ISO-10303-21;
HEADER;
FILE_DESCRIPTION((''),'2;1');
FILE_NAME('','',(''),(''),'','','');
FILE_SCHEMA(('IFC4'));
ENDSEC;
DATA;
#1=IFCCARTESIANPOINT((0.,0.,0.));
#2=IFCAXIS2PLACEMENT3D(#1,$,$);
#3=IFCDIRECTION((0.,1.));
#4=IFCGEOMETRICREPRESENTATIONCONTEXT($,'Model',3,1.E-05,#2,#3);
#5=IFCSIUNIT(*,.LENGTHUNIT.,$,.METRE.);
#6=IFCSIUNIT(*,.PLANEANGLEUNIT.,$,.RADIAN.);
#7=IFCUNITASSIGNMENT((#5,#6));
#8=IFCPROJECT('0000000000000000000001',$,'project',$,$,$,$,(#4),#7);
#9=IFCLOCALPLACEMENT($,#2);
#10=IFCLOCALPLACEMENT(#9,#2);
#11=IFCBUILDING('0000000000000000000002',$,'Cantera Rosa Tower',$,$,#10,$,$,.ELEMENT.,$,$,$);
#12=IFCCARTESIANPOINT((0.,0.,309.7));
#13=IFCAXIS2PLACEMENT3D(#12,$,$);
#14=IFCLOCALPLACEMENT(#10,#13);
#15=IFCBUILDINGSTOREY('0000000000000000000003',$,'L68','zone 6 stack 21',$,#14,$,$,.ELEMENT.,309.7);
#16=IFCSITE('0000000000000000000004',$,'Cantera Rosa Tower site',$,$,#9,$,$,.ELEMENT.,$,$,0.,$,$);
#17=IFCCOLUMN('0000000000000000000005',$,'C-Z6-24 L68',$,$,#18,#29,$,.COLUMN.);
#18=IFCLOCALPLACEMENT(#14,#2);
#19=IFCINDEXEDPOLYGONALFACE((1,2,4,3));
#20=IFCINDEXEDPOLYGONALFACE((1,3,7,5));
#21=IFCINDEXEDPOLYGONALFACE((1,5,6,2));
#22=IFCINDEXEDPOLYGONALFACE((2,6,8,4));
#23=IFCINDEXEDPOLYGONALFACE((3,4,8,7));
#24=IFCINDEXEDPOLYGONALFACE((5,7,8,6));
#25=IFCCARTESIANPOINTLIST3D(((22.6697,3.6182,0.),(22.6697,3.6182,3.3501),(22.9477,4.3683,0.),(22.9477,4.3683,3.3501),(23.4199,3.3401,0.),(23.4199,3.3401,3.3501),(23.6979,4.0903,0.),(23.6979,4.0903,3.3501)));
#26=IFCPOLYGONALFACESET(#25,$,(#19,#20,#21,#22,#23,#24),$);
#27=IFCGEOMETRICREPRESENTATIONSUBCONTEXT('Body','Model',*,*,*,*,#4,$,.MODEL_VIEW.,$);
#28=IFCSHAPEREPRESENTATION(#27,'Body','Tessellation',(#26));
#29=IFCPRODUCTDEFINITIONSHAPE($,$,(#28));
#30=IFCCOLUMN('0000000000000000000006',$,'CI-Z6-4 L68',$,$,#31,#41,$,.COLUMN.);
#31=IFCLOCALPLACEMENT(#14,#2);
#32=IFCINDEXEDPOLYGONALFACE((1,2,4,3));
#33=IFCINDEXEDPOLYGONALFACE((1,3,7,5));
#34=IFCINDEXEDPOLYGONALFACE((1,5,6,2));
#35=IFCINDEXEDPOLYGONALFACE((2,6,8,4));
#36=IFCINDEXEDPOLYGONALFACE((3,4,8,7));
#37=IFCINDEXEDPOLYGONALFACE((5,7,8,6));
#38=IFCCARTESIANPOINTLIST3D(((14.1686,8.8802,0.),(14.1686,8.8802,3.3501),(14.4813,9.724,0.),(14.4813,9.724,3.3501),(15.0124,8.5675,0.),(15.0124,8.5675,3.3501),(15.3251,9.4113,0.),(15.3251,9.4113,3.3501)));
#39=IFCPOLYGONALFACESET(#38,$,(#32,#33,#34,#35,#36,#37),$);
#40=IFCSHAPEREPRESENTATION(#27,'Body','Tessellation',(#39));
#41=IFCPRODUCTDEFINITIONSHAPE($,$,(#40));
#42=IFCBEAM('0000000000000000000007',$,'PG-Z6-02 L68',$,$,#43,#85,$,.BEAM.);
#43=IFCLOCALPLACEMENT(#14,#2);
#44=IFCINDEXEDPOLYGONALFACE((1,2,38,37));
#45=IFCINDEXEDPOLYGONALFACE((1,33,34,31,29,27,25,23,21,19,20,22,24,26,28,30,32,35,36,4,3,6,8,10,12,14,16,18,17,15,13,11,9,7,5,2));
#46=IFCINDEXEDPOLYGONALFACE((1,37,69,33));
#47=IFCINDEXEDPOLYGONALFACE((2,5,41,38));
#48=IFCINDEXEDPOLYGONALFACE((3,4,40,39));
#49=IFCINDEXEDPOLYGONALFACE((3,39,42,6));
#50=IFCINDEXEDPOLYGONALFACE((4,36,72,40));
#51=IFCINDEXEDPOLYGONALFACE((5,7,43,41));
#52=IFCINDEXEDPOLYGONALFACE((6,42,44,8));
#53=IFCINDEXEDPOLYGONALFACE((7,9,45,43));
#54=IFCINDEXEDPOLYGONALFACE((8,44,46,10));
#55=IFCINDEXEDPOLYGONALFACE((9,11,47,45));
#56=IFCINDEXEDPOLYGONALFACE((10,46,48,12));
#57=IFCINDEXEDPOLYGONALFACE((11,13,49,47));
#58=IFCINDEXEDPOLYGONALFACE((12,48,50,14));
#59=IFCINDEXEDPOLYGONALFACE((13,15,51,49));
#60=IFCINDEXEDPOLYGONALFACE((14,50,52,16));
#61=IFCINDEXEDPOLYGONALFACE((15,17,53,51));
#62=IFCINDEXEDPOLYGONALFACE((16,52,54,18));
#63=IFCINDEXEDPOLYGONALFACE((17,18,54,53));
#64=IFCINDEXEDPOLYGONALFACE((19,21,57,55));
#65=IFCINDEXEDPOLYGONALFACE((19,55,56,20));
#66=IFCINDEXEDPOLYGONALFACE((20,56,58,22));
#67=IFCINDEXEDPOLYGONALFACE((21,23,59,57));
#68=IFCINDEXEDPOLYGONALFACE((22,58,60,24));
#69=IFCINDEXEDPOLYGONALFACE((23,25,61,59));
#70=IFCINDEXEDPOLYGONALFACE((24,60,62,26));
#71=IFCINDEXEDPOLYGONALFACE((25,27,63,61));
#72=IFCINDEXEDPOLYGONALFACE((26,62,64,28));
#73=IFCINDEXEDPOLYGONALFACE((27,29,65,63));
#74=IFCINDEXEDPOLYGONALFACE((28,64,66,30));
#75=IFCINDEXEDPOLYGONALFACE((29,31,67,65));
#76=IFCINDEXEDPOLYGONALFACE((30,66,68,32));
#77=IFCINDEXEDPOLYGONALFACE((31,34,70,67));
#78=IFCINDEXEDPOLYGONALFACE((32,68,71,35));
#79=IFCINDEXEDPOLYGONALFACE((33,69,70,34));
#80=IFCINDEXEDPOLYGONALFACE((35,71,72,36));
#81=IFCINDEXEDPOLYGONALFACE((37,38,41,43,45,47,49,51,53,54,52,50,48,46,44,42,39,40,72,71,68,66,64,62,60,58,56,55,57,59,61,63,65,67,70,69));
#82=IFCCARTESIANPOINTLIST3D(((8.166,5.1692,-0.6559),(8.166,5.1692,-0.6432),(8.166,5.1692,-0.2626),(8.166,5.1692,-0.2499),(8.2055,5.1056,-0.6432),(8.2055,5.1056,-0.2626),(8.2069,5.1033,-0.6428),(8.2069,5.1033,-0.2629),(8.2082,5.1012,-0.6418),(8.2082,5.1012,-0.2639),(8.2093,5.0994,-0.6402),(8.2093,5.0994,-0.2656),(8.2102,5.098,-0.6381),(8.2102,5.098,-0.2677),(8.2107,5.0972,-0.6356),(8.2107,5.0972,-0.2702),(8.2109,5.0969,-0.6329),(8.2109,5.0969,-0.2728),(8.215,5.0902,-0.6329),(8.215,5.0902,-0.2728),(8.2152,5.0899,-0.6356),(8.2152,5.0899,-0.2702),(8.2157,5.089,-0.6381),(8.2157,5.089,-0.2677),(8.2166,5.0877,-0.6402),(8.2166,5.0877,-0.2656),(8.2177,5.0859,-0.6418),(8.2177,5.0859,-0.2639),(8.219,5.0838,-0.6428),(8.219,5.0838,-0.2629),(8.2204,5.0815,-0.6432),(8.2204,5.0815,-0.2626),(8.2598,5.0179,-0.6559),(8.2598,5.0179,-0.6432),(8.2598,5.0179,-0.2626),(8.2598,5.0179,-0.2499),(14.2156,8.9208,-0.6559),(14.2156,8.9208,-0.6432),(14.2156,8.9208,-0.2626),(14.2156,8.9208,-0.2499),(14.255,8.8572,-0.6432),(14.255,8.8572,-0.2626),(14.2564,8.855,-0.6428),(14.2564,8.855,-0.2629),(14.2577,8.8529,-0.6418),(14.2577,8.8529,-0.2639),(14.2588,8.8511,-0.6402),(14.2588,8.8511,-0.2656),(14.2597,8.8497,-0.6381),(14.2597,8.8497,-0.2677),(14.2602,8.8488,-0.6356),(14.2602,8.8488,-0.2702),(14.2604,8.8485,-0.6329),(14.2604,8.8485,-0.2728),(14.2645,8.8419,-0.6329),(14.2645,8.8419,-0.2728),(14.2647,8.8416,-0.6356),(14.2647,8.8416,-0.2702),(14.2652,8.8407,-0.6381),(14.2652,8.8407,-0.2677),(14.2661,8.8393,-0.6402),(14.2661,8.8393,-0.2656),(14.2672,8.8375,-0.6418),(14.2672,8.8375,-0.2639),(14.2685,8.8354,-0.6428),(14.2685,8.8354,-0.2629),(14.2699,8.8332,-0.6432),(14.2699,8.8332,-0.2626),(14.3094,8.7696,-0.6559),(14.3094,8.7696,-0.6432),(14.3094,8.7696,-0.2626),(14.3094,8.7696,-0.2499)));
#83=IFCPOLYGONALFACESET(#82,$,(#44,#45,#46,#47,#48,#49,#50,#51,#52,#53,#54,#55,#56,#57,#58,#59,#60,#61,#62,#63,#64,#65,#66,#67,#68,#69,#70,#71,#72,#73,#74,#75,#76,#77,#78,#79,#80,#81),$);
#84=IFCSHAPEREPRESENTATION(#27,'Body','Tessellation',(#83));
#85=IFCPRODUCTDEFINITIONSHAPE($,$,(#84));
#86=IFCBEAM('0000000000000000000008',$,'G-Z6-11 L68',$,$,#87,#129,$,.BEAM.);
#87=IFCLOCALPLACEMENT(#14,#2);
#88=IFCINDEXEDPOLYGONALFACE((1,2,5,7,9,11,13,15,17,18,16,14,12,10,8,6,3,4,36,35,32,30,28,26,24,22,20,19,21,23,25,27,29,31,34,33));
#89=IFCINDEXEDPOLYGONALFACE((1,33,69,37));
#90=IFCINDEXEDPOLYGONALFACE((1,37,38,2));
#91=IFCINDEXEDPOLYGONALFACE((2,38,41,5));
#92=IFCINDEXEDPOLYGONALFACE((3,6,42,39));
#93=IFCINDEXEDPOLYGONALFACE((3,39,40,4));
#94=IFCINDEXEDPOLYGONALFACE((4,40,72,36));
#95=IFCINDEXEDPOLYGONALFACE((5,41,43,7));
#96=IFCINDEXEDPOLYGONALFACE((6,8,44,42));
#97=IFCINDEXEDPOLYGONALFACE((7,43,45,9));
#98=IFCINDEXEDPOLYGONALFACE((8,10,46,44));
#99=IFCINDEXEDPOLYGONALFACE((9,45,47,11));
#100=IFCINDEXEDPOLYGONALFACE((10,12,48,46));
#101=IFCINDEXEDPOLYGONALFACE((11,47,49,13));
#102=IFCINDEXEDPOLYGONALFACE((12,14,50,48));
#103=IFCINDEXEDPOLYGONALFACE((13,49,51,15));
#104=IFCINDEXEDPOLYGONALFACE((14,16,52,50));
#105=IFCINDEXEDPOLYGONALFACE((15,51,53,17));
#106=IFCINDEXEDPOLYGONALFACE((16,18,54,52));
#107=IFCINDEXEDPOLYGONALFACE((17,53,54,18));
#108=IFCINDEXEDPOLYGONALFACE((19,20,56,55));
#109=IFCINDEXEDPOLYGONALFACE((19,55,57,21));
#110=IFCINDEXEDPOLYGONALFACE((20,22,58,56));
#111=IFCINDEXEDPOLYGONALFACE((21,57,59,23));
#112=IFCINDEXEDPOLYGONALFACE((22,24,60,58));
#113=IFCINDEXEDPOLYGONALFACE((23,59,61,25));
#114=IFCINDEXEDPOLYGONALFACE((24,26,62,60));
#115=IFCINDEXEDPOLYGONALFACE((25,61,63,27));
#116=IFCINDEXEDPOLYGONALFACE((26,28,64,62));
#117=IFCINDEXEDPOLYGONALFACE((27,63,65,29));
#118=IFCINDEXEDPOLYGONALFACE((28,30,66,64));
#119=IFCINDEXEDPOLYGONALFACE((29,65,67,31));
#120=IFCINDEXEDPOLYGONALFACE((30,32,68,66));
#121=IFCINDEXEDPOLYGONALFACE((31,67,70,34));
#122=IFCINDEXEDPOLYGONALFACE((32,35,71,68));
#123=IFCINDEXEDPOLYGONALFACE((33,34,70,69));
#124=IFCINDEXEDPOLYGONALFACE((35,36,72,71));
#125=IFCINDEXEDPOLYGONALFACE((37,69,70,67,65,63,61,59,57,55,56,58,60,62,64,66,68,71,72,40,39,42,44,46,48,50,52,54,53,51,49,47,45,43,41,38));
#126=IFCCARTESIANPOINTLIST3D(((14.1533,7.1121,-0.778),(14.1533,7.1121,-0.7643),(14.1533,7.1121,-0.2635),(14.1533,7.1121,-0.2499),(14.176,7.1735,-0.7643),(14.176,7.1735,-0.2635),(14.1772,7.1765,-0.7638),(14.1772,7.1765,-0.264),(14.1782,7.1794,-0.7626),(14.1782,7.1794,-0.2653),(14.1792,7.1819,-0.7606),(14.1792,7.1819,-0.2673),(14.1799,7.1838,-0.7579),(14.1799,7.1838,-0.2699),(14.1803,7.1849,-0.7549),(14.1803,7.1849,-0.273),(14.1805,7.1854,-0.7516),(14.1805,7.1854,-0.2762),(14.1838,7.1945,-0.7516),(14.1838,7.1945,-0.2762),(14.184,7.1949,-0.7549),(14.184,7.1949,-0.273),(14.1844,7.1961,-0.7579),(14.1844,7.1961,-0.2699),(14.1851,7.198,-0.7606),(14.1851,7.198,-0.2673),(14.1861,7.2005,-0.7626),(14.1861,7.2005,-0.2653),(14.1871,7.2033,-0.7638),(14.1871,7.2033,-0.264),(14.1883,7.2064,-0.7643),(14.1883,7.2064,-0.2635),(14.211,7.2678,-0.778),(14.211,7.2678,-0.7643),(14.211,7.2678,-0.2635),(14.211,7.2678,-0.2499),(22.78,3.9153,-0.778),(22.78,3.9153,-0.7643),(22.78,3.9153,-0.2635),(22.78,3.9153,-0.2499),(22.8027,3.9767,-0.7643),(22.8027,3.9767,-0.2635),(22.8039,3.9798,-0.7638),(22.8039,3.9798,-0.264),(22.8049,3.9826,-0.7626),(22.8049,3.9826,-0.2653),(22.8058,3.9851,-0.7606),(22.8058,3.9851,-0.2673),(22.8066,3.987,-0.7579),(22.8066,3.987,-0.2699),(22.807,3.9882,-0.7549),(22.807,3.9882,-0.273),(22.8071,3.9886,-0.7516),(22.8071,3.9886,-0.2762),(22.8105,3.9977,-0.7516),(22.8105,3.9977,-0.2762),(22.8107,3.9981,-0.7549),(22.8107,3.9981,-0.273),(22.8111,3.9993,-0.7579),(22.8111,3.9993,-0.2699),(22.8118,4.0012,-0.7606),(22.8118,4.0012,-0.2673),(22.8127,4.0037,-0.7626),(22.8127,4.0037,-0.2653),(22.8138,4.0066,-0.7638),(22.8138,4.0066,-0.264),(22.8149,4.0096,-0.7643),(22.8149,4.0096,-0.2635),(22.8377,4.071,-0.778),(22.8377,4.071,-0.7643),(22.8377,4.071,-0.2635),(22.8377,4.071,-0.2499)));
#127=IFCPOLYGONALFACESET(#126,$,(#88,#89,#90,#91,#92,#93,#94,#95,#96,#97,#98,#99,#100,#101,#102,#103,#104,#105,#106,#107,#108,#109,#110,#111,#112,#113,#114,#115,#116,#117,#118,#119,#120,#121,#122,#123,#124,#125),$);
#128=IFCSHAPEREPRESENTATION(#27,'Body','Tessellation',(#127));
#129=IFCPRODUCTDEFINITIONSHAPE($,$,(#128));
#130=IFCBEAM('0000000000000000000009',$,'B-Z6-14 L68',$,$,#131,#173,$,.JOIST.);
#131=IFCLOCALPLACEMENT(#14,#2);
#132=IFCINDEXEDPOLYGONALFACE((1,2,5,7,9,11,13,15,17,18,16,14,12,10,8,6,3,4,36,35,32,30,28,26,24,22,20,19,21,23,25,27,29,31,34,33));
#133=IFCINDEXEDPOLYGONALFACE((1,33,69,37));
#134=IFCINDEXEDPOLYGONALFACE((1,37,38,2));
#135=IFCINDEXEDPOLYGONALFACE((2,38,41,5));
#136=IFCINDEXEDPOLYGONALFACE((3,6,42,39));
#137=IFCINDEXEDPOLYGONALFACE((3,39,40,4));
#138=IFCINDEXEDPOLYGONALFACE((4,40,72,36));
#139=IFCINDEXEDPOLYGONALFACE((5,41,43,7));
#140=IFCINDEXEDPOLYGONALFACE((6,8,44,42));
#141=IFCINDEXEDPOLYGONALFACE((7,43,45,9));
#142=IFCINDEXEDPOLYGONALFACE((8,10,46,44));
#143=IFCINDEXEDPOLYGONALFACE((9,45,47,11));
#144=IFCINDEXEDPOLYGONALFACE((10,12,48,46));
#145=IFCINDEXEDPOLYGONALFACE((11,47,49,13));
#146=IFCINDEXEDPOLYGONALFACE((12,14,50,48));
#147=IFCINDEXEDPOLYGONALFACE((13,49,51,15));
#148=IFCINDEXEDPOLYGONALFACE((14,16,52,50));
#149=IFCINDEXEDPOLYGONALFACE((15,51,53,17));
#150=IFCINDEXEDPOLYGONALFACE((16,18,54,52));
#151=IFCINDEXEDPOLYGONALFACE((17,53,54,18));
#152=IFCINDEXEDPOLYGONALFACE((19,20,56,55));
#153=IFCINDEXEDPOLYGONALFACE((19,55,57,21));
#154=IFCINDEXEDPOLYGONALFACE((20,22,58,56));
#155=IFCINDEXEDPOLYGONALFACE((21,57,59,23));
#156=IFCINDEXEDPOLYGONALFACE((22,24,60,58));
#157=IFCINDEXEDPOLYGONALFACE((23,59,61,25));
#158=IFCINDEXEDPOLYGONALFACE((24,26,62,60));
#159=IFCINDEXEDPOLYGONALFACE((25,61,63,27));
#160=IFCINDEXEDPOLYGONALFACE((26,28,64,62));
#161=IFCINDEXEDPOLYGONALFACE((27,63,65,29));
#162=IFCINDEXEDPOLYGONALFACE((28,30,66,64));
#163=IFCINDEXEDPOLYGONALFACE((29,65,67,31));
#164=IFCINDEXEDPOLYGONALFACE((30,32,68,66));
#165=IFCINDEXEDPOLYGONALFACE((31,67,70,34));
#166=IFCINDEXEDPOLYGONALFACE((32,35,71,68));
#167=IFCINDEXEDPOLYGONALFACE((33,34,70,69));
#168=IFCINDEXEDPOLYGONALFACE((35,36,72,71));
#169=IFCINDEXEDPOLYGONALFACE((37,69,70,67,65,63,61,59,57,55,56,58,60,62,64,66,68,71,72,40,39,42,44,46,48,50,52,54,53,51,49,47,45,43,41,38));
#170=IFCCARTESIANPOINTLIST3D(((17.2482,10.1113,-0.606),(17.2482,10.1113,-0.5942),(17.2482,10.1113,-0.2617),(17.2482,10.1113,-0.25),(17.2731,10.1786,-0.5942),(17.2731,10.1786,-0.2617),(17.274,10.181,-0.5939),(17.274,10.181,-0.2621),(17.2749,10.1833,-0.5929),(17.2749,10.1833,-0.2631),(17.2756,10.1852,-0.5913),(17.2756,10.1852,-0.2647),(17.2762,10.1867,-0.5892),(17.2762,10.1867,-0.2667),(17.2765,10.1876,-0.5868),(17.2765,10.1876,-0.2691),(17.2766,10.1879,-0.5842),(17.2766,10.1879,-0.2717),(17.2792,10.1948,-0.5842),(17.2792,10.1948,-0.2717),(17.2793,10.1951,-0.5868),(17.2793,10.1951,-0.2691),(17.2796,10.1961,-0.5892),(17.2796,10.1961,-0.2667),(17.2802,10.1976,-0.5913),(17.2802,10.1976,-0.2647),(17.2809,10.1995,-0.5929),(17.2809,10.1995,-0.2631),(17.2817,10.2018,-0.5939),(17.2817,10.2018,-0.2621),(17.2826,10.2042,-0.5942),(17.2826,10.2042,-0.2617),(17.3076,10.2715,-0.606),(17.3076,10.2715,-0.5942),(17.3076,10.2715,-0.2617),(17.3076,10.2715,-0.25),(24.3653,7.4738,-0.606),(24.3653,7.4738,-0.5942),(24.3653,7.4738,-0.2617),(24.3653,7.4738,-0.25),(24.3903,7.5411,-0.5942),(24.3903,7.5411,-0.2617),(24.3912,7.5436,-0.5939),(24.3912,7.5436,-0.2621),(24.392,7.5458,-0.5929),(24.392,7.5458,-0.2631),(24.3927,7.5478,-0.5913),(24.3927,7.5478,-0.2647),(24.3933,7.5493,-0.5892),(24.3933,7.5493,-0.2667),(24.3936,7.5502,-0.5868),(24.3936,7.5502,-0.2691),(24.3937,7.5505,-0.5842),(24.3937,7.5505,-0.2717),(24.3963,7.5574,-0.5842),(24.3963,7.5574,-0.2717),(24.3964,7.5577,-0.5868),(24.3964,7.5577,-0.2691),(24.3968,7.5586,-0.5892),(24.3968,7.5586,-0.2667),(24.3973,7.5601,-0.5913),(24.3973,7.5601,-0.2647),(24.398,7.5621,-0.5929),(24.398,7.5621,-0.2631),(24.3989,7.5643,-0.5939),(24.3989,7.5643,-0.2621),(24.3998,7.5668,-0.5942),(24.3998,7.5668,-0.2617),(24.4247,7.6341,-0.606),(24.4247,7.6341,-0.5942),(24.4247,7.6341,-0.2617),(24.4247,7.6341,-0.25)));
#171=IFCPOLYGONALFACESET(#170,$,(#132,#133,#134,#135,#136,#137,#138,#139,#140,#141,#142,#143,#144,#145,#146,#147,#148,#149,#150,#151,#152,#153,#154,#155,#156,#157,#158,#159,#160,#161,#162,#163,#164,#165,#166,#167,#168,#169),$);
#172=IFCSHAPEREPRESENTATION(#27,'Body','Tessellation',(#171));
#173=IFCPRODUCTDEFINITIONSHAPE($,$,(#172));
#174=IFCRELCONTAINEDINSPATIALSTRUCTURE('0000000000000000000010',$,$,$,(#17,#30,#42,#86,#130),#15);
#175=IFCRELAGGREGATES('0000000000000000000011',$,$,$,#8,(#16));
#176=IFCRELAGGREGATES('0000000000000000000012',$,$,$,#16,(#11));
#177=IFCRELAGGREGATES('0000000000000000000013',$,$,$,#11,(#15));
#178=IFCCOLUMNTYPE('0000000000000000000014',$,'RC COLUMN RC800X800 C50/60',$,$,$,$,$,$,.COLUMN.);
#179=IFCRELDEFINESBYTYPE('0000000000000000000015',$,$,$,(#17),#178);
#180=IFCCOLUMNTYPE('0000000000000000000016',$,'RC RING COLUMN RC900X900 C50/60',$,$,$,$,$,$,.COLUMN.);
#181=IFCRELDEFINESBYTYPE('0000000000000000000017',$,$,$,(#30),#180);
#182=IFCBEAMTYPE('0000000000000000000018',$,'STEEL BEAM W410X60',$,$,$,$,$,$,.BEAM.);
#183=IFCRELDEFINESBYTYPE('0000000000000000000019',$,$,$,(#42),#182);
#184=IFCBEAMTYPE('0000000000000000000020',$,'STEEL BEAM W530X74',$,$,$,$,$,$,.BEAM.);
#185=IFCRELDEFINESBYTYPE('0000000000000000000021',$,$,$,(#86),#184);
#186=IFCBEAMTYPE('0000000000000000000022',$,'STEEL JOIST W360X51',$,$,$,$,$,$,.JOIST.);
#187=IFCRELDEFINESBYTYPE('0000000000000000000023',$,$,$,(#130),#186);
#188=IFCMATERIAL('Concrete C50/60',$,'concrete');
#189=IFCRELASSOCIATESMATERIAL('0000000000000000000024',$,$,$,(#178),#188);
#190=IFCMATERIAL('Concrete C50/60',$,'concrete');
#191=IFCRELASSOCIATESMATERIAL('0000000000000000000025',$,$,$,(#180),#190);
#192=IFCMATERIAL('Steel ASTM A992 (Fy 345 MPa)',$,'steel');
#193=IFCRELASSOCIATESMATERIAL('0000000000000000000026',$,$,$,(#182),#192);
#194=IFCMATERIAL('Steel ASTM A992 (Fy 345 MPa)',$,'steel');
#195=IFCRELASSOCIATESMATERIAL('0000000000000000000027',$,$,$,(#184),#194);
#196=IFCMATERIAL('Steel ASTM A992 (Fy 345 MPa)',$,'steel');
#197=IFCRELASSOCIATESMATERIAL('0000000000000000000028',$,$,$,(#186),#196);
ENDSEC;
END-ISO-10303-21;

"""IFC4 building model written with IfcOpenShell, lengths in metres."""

from ifc_helpers import new_model, si_unit, direction, frame, origin, origin_2d, place, context, subcontext, project, spatial, rectangle, i_section, extrude, material, material_profile, profile_set, type_object, element, save


model = new_model("IFC4")

# Units and contexts
model_context = context("Model", 3, precision=1e-05, world=origin(), true_north=direction((0.0, 1.0)))
body_context = subcontext(model_context, "Body", "Model", "MODEL_VIEW")
ifc_project = project(units=[si_unit("LENGTHUNIT", "METRE"), si_unit("PLANEANGLEUNIT", "RADIAN")], contexts=[model_context])

# Site, building, storey
site_placement = place(None, origin())
site = spatial("IfcSite", under=ifc_project, at=site_placement, Name="Cantera Rosa Tower site", CompositionType="ELEMENT", RefElevation=0.0)
building_placement = place(site_placement, origin())
building = spatial("IfcBuilding", under=site, at=building_placement, Name="Cantera Rosa Tower", CompositionType="ELEMENT")
storey_placement = place(building_placement, frame((0.0, 0.0, 309.7)))
storey = spatial("IfcBuildingStorey", under=building, at=storey_placement, Name="L68", Description="zone 6 stack 21", CompositionType="ELEMENT", Elevation=309.7)

# Columns
ifc_material_1 = material(Name="Concrete C50/60", Category="concrete")
ifc_material_profile_1 = material_profile(ifc_material_1, rectangle(XDim=0.8, YDim=0.8, at=origin_2d()), Name="RC COLUMN RC800X800 C50/60")
ifc_profile_set_1 = profile_set([ifc_material_profile_1], Name="Concrete C50/60")
column_type_1 = type_object("IfcColumnType", Name="RC COLUMN RC800X800 C50/60", PredefinedType="COLUMN", material=ifc_profile_set_1)
column_1_placement = place(storey_placement, frame((23.1838, 3.8542, 0.0), z_axis=(0.0, 0.0, 1.0), x_axis=(0.347481, 0.937687, 0.0)))
element("IfcColumn", 1, at=column_1_placement, inside=storey, type_object=column_type_1, Name="C-Z6-24 L68", PredefinedType="COLUMN", context=body_context, shape_type="SweptSolid", body=[
    extrude(rectangle(XDim=0.8, YDim=0.8, at=origin_2d()), origin(), (0.0, 0.0, 1.0), 3.3501),
])
ifc_material_2 = material(Name="Concrete C50/60", Category="concrete")
ifc_material_profile_2 = material_profile(ifc_material_2, rectangle(XDim=0.8999, YDim=0.8999, at=origin_2d()), Name="RC RING COLUMN RC900X900 C50/60")
ifc_profile_set_2 = profile_set([ifc_material_profile_2], Name="Concrete C50/60")
column_type_2 = type_object("IfcColumnType", Name="RC RING COLUMN RC900X900 C50/60", PredefinedType="COLUMN", material=ifc_profile_set_2)
column_2_placement = place(storey_placement, frame((14.7468, 9.1458, 0.0), z_axis=(0.0, 0.0, 1.0), x_axis=(0.347481, 0.937687, 0.0)))
element("IfcColumn", 2, at=column_2_placement, inside=storey, type_object=column_type_2, Name="CI-Z6-4 L68", PredefinedType="COLUMN", context=body_context, shape_type="SweptSolid", body=[
    extrude(rectangle(XDim=0.8999, YDim=0.8999, at=origin_2d()), origin(), (0.0, 0.0, 1.0), 3.3501),
])

# Beams
ifc_material_3 = material(Name="Steel ASTM A992 (Fy 345 MPa)", Category="steel")
ifc_material_profile_3 = material_profile(ifc_material_3, i_section(OverallWidth=0.178, OverallDepth=0.406, WebThickness=0.0078, FlangeThickness=0.0127, FilletRadius=0.0103, at=origin_2d()), Name="W410X60")
ifc_profile_set_3 = profile_set([ifc_material_profile_3], Name="Steel ASTM A992 (Fy 345 MPa)")
beam_type_1 = type_object("IfcBeamType", Name="STEEL BEAM W410X60", PredefinedType="BEAM", material=ifc_profile_set_3)
beam_1_placement = place(storey_placement, frame((14.2625, 8.8452, -0.4529), z_axis=(-0.849841, -0.527039, 0.0), x_axis=(0.527039, -0.849841, 0.0)))
element("IfcBeam", 3, at=beam_1_placement, inside=storey, type_object=beam_type_1, Name="PG-Z6-02 L68", PredefinedType="BEAM", context=body_context, shape_type="SweptSolid", body=[
    extrude(i_section(OverallWidth=0.178, OverallDepth=0.406, WebThickness=0.0078, FlangeThickness=0.0127, FilletRadius=0.0103, at=origin_2d()), origin(), (0.0, 0.0, 1.0), 7.1184),
])
ifc_material_4 = material(Name="Steel ASTM A992 (Fy 345 MPa)", Category="steel")
ifc_material_profile_4 = material_profile(ifc_material_4, i_section(OverallWidth=0.166, OverallDepth=0.5281, WebThickness=0.0098, FlangeThickness=0.0137, FilletRadius=0.0127, at=origin_2d()), Name="W530X74")
ifc_profile_set_4 = profile_set([ifc_material_profile_4], Name="Steel ASTM A992 (Fy 345 MPa)")
beam_type_2 = type_object("IfcBeamType", Name="STEEL BEAM W530X74", PredefinedType="BEAM", material=ifc_profile_set_4)
beam_2_placement = place(storey_placement, frame((22.8088, 3.9932, -0.5139), z_axis=(-0.937689, 0.347477, 0.0), x_axis=(-0.347477, -0.937689, 0.0)))
element("IfcBeam", 4, at=beam_2_placement, inside=storey, type_object=beam_type_2, Name="G-Z6-11 L68", PredefinedType="BEAM", context=body_context, shape_type="SweptSolid", body=[
    extrude(i_section(OverallWidth=0.166, OverallDepth=0.5281, WebThickness=0.0098, FlangeThickness=0.0137, FilletRadius=0.0127, at=origin_2d()), origin(), (0.0, 0.0, 1.0), 9.2),
])
ifc_material_5 = material(Name="Steel ASTM A992 (Fy 345 MPa)", Category="steel")
ifc_material_profile_5 = material_profile(ifc_material_5, i_section(OverallWidth=0.1709, OverallDepth=0.356, WebThickness=0.0073, FlangeThickness=0.0117, FilletRadius=0.01, at=origin_2d()), Name="W360X51")
ifc_profile_set_5 = profile_set([ifc_material_profile_5], Name="Steel ASTM A992 (Fy 345 MPa)")
beam_type_3 = type_object("IfcBeamType", Name="STEEL JOIST W360X51", PredefinedType="JOIST", material=ifc_profile_set_5)
beam_3_placement = place(storey_placement, frame((24.395, 7.554, -0.428), z_axis=(-0.937686, 0.347483, 0.0), x_axis=(-0.347483, -0.937686, 0.0)))
element("IfcBeam", 5, at=beam_3_placement, inside=storey, type_object=beam_type_3, Name="B-Z6-14 L68", PredefinedType="JOIST", context=body_context, shape_type="SweptSolid", body=[
    extrude(i_section(OverallWidth=0.1709, OverallDepth=0.356, WebThickness=0.0073, FlangeThickness=0.0117, FilletRadius=0.01, at=origin_2d()), origin(), (0.0, 0.0, 1.0), 7.5901),
])

save(model, "model.ifc")
